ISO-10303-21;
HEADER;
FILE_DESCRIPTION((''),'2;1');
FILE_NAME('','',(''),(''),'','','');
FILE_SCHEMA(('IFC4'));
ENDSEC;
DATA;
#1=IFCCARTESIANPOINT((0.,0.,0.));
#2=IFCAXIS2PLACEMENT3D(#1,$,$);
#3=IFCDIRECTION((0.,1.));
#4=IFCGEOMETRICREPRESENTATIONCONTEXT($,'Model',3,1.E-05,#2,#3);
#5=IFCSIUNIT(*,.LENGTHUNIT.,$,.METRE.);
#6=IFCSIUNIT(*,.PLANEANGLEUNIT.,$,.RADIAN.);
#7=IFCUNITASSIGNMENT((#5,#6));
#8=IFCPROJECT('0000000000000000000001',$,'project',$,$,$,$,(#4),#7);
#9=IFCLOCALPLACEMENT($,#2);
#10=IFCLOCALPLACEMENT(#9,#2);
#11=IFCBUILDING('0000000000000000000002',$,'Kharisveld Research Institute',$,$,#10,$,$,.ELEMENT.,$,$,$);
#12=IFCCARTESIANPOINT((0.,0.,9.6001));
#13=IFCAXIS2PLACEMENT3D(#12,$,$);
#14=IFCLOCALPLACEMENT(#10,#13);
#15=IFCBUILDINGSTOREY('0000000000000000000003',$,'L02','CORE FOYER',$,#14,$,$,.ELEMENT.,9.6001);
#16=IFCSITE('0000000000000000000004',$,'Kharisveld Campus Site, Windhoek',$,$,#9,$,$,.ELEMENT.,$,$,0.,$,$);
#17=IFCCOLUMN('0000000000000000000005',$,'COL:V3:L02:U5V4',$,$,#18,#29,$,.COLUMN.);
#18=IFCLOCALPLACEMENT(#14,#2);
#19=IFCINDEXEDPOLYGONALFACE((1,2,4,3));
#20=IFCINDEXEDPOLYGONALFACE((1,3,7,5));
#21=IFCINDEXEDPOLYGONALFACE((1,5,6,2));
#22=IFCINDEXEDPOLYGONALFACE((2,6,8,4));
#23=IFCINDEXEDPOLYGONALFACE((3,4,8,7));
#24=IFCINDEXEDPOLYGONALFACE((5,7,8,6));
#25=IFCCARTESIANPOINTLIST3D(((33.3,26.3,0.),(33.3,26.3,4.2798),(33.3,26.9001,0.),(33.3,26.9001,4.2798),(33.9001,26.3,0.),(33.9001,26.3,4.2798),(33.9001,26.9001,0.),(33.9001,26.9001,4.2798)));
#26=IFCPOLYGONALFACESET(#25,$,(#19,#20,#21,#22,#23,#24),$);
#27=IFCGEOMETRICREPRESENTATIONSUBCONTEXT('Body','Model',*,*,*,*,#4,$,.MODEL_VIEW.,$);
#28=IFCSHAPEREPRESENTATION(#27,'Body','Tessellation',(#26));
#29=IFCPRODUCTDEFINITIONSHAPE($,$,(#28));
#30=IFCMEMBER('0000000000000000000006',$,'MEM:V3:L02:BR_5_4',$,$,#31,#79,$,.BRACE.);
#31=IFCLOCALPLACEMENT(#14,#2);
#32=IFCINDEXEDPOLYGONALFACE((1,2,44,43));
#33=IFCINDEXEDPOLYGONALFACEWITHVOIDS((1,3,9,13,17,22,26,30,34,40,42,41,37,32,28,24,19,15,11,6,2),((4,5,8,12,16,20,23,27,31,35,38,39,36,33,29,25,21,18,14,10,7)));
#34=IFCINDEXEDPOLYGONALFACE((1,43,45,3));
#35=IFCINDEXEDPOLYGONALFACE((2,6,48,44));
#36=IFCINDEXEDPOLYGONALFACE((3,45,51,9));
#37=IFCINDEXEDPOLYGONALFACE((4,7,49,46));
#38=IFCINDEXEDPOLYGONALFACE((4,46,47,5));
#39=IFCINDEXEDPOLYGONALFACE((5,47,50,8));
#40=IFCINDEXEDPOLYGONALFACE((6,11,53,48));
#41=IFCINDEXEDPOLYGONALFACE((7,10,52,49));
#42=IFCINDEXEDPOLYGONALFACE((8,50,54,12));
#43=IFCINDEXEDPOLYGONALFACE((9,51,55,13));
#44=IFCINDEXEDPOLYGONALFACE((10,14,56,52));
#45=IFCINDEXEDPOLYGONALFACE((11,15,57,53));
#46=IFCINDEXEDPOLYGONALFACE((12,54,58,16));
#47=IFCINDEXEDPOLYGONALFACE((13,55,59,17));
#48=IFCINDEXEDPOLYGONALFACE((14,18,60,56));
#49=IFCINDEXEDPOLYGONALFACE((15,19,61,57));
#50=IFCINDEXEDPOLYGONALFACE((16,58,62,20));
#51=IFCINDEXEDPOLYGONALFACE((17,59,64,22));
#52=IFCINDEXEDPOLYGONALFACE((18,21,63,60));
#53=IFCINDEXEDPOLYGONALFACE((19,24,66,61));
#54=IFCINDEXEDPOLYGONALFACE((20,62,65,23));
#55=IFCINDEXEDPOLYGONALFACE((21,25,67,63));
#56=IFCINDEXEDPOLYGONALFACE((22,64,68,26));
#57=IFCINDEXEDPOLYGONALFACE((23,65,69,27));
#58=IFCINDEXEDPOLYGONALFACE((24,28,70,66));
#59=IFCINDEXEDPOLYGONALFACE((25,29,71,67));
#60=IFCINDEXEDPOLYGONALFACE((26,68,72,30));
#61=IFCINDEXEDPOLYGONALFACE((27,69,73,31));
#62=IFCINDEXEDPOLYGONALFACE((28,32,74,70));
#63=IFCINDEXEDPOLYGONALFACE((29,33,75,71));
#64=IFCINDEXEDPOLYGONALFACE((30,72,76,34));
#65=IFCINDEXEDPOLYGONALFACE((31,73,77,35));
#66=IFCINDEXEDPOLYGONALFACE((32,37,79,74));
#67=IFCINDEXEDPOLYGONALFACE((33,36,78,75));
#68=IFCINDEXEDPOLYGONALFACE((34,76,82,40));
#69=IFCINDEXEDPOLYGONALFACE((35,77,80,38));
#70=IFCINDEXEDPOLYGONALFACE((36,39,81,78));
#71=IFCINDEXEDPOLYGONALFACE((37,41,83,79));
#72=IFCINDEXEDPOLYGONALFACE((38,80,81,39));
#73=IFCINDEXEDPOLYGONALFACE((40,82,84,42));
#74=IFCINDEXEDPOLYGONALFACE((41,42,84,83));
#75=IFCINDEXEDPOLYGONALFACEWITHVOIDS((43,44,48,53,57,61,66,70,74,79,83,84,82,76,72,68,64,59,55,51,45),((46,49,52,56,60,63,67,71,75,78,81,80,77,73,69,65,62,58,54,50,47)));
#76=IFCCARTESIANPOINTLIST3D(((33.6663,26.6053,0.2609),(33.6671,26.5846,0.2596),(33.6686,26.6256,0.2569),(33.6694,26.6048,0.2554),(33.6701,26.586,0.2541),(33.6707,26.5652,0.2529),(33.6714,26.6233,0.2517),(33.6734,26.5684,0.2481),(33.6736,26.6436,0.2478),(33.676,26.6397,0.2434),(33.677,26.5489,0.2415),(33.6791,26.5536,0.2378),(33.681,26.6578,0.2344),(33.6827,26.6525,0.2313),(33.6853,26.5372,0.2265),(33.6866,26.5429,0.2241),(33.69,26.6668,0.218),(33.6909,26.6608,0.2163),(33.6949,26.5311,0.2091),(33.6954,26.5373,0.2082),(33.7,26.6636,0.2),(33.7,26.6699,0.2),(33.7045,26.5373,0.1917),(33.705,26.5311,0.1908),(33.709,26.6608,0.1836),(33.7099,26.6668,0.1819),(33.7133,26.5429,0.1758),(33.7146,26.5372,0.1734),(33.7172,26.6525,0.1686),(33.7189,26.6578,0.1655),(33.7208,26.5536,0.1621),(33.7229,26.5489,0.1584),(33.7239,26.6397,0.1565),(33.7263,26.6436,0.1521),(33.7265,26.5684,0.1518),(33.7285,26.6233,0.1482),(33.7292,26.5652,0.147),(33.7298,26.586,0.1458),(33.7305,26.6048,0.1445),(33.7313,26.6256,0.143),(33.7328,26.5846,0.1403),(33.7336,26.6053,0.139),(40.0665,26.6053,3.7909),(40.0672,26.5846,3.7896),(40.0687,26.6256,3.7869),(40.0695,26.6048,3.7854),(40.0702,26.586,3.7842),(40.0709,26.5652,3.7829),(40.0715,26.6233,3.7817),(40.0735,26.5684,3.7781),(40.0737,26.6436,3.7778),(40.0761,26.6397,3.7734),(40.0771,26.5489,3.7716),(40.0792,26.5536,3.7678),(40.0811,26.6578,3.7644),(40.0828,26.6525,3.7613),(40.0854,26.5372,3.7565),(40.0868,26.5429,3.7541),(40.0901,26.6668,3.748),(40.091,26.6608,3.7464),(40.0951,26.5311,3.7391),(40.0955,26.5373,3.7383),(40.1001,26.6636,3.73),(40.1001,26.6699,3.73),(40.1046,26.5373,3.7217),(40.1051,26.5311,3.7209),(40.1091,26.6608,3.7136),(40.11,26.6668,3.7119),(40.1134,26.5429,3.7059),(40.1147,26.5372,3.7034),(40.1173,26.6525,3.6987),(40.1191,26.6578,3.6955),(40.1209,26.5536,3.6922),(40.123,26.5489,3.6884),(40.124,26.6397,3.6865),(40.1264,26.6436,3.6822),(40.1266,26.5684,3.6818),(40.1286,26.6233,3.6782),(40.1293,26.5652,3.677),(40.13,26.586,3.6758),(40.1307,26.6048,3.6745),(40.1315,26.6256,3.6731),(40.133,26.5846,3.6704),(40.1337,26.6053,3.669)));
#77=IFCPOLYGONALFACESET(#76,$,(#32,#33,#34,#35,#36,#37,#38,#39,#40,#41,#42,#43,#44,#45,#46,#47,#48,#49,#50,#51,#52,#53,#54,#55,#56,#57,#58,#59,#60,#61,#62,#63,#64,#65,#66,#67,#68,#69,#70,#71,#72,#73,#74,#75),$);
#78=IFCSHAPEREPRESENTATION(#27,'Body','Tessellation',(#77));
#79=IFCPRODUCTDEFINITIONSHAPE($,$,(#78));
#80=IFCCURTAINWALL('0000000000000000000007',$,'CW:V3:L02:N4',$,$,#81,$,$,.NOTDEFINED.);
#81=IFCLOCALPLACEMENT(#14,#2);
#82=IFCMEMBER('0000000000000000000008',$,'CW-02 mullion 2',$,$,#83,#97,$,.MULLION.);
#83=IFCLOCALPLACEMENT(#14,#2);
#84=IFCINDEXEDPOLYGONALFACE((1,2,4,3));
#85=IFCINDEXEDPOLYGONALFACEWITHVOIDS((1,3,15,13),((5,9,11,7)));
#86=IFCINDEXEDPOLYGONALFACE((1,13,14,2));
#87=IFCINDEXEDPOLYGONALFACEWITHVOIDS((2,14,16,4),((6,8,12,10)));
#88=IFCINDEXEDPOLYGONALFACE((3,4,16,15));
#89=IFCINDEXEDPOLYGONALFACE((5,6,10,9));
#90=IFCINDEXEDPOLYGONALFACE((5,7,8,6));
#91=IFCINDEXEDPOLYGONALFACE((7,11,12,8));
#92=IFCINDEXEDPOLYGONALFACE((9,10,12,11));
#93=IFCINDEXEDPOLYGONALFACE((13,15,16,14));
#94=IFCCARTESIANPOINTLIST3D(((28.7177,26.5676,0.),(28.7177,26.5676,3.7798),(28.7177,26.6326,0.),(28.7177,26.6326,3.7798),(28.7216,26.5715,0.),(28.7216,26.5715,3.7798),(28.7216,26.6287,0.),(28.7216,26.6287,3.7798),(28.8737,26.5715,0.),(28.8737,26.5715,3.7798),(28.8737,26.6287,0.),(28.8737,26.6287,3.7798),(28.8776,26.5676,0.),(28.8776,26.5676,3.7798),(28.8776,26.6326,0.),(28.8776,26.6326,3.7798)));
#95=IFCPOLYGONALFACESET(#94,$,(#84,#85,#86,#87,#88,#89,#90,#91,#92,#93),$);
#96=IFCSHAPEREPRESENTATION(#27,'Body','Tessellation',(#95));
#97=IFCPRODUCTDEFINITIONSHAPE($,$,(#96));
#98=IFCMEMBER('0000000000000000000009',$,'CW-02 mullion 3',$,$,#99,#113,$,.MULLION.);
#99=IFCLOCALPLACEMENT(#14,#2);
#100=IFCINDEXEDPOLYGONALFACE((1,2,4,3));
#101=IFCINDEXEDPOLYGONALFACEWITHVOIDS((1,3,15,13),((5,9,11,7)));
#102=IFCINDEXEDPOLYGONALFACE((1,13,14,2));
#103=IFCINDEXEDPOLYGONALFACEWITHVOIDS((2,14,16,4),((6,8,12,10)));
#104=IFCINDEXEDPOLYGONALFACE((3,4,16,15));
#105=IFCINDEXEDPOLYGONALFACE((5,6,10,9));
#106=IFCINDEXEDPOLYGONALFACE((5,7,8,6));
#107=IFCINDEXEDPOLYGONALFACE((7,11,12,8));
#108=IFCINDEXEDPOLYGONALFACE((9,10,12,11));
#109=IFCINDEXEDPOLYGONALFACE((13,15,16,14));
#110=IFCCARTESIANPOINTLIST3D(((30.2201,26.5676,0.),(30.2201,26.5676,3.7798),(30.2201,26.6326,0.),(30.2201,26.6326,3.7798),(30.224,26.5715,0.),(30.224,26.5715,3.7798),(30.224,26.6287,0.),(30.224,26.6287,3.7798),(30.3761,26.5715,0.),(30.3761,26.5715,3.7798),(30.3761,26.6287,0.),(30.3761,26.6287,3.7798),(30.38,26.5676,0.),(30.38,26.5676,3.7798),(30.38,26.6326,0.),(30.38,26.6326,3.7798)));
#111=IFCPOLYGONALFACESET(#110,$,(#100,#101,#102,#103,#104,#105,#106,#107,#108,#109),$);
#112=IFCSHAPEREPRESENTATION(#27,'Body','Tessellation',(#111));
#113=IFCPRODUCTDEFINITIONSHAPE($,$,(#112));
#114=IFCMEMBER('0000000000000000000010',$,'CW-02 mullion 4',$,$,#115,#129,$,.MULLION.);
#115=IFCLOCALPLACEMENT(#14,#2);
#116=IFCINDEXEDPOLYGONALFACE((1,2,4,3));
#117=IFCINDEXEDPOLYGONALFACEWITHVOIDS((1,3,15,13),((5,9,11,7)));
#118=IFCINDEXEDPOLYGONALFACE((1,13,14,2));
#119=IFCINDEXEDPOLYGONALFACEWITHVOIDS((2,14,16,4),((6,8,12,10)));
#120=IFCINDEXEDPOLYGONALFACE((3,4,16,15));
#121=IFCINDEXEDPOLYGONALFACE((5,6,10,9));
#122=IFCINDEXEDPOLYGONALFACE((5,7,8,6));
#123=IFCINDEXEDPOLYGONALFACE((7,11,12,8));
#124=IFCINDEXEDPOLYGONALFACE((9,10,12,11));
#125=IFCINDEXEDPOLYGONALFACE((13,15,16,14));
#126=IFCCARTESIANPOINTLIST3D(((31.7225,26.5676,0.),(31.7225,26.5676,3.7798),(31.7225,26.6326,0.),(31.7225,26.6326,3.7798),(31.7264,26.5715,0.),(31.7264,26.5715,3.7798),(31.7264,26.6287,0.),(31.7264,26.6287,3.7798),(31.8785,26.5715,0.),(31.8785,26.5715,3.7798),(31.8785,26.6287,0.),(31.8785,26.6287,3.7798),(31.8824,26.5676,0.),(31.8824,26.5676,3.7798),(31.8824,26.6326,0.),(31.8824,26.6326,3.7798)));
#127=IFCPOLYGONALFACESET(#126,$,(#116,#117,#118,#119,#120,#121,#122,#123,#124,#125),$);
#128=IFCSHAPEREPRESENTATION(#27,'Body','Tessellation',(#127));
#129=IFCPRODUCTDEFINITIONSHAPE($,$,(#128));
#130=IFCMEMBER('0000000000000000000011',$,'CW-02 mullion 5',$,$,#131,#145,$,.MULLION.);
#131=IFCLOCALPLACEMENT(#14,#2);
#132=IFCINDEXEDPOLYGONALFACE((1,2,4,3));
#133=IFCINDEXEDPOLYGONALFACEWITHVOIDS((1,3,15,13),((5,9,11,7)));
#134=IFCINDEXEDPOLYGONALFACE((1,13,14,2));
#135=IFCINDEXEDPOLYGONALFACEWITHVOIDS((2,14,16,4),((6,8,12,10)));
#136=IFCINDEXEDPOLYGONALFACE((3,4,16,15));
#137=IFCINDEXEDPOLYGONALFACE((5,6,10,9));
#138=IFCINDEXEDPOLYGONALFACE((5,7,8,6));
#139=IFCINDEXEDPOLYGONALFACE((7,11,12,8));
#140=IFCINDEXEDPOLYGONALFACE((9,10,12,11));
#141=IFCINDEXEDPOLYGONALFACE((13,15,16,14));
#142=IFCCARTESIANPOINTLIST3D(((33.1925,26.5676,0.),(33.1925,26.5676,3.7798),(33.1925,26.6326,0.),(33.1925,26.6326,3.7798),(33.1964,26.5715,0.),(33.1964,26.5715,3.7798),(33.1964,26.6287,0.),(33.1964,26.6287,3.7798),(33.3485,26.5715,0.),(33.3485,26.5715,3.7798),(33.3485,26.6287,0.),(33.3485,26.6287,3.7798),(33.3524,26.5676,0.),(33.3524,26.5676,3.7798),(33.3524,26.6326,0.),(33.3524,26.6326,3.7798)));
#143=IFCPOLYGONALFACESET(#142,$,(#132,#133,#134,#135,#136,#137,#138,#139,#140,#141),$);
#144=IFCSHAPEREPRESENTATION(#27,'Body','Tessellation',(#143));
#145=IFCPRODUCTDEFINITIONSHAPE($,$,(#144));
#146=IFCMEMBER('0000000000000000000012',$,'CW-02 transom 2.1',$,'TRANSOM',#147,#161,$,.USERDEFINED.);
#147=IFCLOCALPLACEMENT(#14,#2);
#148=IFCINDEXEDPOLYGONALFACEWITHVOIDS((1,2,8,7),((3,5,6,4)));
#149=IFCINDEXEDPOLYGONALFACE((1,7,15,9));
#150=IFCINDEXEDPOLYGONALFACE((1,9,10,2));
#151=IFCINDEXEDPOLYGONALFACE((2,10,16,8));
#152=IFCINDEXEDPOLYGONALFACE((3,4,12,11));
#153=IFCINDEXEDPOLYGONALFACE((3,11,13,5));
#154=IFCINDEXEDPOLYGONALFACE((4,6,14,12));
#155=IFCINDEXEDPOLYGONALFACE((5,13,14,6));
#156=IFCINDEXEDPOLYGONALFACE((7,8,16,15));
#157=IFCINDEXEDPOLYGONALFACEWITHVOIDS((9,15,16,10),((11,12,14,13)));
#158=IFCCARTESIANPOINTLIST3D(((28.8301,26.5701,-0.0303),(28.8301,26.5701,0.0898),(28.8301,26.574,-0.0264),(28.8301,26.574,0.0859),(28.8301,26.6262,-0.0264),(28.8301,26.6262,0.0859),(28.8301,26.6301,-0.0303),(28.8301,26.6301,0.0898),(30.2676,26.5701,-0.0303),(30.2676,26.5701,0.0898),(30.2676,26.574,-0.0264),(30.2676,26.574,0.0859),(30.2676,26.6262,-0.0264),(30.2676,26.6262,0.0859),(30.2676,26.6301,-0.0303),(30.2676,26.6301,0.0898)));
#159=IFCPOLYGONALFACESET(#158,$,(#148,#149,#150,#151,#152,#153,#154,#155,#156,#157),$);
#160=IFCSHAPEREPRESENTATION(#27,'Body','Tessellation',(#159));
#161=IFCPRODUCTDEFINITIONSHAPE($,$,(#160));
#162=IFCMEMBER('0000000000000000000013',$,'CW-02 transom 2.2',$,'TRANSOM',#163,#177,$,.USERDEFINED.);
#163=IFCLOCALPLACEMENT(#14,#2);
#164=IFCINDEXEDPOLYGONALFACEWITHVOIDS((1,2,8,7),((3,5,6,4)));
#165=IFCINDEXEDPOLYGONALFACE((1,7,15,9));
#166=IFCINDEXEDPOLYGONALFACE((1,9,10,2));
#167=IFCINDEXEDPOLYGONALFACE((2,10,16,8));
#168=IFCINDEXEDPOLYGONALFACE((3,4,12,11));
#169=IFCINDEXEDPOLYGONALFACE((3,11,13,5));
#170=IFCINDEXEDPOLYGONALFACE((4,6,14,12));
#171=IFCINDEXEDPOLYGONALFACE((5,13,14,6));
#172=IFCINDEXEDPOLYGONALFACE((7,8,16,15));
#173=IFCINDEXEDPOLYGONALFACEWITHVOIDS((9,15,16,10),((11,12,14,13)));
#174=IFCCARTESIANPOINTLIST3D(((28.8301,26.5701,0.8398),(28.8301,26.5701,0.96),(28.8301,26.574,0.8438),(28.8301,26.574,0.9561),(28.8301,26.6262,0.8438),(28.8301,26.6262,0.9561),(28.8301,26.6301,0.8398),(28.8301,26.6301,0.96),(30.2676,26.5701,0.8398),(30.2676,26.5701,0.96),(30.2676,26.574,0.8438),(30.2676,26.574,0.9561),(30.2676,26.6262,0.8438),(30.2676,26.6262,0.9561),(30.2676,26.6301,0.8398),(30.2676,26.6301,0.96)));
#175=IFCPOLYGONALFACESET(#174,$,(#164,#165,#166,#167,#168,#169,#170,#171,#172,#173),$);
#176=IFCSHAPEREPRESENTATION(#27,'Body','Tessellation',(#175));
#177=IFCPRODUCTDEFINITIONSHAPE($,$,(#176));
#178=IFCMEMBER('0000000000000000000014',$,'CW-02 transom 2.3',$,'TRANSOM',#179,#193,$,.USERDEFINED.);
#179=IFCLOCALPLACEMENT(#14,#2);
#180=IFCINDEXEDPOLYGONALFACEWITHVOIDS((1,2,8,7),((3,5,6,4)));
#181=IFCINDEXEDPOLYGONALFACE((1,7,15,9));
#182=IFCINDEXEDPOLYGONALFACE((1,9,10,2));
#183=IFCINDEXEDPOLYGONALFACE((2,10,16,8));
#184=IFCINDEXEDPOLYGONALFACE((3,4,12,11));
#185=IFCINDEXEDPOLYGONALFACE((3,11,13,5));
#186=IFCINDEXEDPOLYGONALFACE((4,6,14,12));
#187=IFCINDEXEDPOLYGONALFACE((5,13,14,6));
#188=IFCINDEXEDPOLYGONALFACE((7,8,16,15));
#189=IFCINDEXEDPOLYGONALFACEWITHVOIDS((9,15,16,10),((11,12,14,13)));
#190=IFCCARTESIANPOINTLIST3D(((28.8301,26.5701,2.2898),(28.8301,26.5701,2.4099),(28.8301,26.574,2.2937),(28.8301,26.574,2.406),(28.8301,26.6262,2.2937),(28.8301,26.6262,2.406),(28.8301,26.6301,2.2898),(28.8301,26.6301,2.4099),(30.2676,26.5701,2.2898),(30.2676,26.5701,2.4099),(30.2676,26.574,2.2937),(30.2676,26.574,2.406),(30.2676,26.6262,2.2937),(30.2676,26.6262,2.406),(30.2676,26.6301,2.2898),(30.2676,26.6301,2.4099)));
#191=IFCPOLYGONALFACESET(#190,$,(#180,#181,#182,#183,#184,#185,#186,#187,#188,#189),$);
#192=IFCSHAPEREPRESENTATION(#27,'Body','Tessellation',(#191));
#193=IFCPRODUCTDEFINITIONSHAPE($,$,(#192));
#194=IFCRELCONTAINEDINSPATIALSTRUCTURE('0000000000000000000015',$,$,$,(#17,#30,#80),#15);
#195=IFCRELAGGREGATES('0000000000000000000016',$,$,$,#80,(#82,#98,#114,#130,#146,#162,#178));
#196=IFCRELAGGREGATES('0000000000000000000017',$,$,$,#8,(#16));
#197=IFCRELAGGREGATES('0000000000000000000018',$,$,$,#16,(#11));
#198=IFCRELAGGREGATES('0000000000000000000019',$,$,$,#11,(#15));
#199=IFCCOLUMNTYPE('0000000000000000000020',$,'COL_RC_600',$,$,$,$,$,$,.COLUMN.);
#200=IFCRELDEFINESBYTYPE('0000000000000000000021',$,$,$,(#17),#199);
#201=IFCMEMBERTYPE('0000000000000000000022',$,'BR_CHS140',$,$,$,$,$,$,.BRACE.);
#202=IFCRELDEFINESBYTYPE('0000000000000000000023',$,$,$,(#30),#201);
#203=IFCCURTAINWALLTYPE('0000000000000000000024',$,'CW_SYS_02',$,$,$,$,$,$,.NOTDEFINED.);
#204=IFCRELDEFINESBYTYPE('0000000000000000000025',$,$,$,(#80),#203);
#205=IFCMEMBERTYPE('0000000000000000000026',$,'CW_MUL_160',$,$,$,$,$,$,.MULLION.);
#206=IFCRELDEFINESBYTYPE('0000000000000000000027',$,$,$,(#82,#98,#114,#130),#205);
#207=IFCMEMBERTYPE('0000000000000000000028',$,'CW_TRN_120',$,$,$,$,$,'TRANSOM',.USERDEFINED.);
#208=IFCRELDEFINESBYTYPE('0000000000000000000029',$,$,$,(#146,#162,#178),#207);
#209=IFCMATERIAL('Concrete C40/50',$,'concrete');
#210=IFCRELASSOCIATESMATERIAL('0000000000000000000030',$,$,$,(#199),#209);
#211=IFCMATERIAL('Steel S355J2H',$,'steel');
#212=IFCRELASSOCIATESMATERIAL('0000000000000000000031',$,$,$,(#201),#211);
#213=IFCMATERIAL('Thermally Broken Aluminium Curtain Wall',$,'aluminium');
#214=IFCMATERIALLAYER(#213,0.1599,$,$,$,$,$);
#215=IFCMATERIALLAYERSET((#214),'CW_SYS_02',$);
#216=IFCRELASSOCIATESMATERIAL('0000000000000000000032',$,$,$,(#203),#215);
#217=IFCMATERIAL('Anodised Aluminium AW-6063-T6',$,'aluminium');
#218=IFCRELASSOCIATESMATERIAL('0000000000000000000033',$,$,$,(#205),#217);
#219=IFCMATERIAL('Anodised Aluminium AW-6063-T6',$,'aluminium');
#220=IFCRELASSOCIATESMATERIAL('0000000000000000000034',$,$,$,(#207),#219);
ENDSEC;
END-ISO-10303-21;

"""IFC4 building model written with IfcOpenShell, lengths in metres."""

from ifc_helpers import new_model, si_unit, direction, frame, origin, origin_2d, place, context, subcontext, project, spatial, rectangle, hollow_rectangle, hollow_circle, extrude, material, layer, layer_set, material_profile, profile_set, type_object, element, aggregate, save


model = new_model("IFC4")

# Units and contexts
model_context = context("Model", 3, precision=1e-05, world=origin(), true_north=direction((0.0, 1.0)))
body_context = subcontext(model_context, "Body", "Model", "MODEL_VIEW")
ifc_project = project(units=[si_unit("LENGTHUNIT", "METRE"), si_unit("PLANEANGLEUNIT", "RADIAN")], contexts=[model_context])

# Site, building, storey
site_placement = place(None, origin())
site = spatial("IfcSite", under=ifc_project, at=site_placement, Name="Kharisveld Campus Site, Windhoek", CompositionType="ELEMENT", RefElevation=0.0)
building_placement = place(site_placement, origin())
building = spatial("IfcBuilding", under=site, at=building_placement, Name="Kharisveld Research Institute", CompositionType="ELEMENT")
storey_placement = place(building_placement, frame((0.0, 0.0, 9.6001)))
storey = spatial("IfcBuildingStorey", under=building, at=storey_placement, Name="L02", Description="CORE FOYER", CompositionType="ELEMENT", Elevation=9.6001)

# Column
ifc_material_1 = material(Name="Concrete C40/50", Category="concrete")
ifc_material_profile_1 = material_profile(ifc_material_1, rectangle(XDim=0.6001, YDim=0.6001, at=origin_2d()))
ifc_profile_set_1 = profile_set([ifc_material_profile_1], Name="Concrete C40/50")
column_type = type_object("IfcColumnType", Name="COL_RC_600", PredefinedType="COLUMN", material=ifc_profile_set_1)
column_placement = place(storey_placement, frame((33.6001, 26.6001, 0.0), z_axis=(0.0, 0.0, 1.0), x_axis=(1.0, 0.0, 0.0)))
element("IfcColumn", 1, at=column_placement, inside=storey, type_object=column_type, Name="COL:V3:L02:U5V4", PredefinedType="COLUMN", context=body_context, shape_type="SweptSolid", body=[
    extrude(rectangle(XDim=0.6001, YDim=0.6001, at=origin_2d()), origin(), (0.0, 0.0, 1.0), 4.2798),
])

# Member
ifc_material_2 = material(Name="Steel S355J2H", Category="steel")
ifc_material_profile_2 = material_profile(ifc_material_2, hollow_circle(Radius=0.0698, WallThickness=0.0063, at=origin_2d()))
ifc_profile_set_2 = profile_set([ifc_material_profile_2], Name="Steel S355J2H")
member_type_1 = type_object("IfcMemberType", Name="BR_CHS140", PredefinedType="BRACE", material=ifc_profile_set_2)
member_1_placement = place(storey_placement, frame((33.7, 26.6001, 0.2), z_axis=(0.875641, 0.0, 0.482963), x_axis=(0.0, 1.0, 0.0)))
element("IfcMember", 2, at=member_1_placement, inside=storey, type_object=member_type_1, Name="MEM:V3:L02:BR_5_4", PredefinedType="BRACE", context=body_context, shape_type="SweptSolid", body=[
    extrude(hollow_circle(Radius=0.0698, WallThickness=0.0063, at=origin_2d()), origin(), (0.0, 0.0, 1.0), 7.3091),
])

# Curtain wall, members
ifc_material_3 = material(Name="Thermally Broken Aluminium Curtain Wall", Category="aluminium")
ifc_layer_1 = layer(ifc_material_3, 0.1599)
ifc_layer_set_1 = layer_set([ifc_layer_1], Name="CW_SYS_02")
curtain_wall_type = type_object("IfcCurtainWallType", Name="CW_SYS_02", PredefinedType="NOTDEFINED", material=ifc_layer_set_1)
curtain_wall_placement = place(storey_placement, origin())
curtain_wall = element("IfcCurtainWall", 3, at=curtain_wall_placement, inside=storey, type_object=curtain_wall_type, Name="CW:V3:L02:N4", PredefinedType="NOTDEFINED")
ifc_material_4 = material(Name="Anodised Aluminium AW-6063-T6", Category="aluminium")
ifc_material_profile_3 = material_profile(ifc_material_4, hollow_rectangle(XDim=0.0649, YDim=0.1599, WallThickness=0.0039, at=origin_2d()))
ifc_profile_set_3 = profile_set([ifc_material_profile_3], Name="Anodised Aluminium AW-6063-T6")
member_type_2 = type_object("IfcMemberType", Name="CW_MUL_160", PredefinedType="MULLION", material=ifc_profile_set_3)
member_2_placement = place(storey_placement, frame((28.7976, 26.6001, 0.0), z_axis=(0.0, 0.0, 1.0), x_axis=(0.0, 1.0, 0.0)))
member_2 = element("IfcMember", 4, at=member_2_placement, type_object=member_type_2, Name="CW-02 mullion 2", PredefinedType="MULLION", context=body_context, shape_type="SweptSolid", body=[
    extrude(hollow_rectangle(XDim=0.0649, YDim=0.1599, WallThickness=0.0039, at=origin_2d()), origin(), (0.0, 0.0, 1.0), 3.7798),
])
member_3_placement = place(storey_placement, frame((30.3, 26.6001, 0.0), z_axis=(0.0, 0.0, 1.0), x_axis=(0.0, 1.0, 0.0)))
member_3 = element("IfcMember", 5, at=member_3_placement, type_object=member_type_2, Name="CW-02 mullion 3", PredefinedType="MULLION", context=body_context, shape_type="SweptSolid", body=[
    extrude(hollow_rectangle(XDim=0.0649, YDim=0.1599, WallThickness=0.0039, at=origin_2d()), origin(), (0.0, 0.0, 1.0), 3.7798),
])
member_4_placement = place(storey_placement, frame((31.8025, 26.6001, 0.0), z_axis=(0.0, 0.0, 1.0), x_axis=(0.0, 1.0, 0.0)))
member_4 = element("IfcMember", 6, at=member_4_placement, type_object=member_type_2, Name="CW-02 mullion 4", PredefinedType="MULLION", context=body_context, shape_type="SweptSolid", body=[
    extrude(hollow_rectangle(XDim=0.0649, YDim=0.1599, WallThickness=0.0039, at=origin_2d()), origin(), (0.0, 0.0, 1.0), 3.7798),
])
member_5_placement = place(storey_placement, frame((33.2725, 26.6001, 0.0), z_axis=(0.0, 0.0, 1.0), x_axis=(0.0, 1.0, 0.0)))
member_5 = element("IfcMember", 7, at=member_5_placement, type_object=member_type_2, Name="CW-02 mullion 5", PredefinedType="MULLION", context=body_context, shape_type="SweptSolid", body=[
    extrude(hollow_rectangle(XDim=0.0649, YDim=0.1599, WallThickness=0.0039, at=origin_2d()), origin(), (0.0, 0.0, 1.0), 3.7798),
])
ifc_material_5 = material(Name="Anodised Aluminium AW-6063-T6", Category="aluminium")
ifc_material_profile_4 = material_profile(ifc_material_5, hollow_rectangle(XDim=0.0601, YDim=0.1201, WallThickness=0.0039, at=origin_2d()))
ifc_profile_set_4 = profile_set([ifc_material_profile_4], Name="Anodised Aluminium AW-6063-T6")
member_type_3 = type_object("IfcMemberType", Name="CW_TRN_120", ElementType="TRANSOM", PredefinedType="USERDEFINED", material=ifc_profile_set_4)
member_6_placement = place(storey_placement, frame((28.8301, 26.6001, 0.0298), z_axis=(1.0, 0.0, 0.0), x_axis=(0.0, 1.0, 0.0)))
member_6 = element("IfcMember", 8, at=member_6_placement, type_object=member_type_3, Name="CW-02 transom 2.1", ObjectType="TRANSOM", PredefinedType="USERDEFINED", context=body_context, shape_type="SweptSolid", body=[
    extrude(hollow_rectangle(XDim=0.0601, YDim=0.1201, WallThickness=0.0039, at=origin_2d()), origin(), (0.0, 0.0, 1.0), 1.4375),
])
member_7_placement = place(storey_placement, frame((28.8301, 26.6001, 0.8999), z_axis=(1.0, 0.0, 0.0), x_axis=(0.0, 1.0, 0.0)))
member_7 = element("IfcMember", 9, at=member_7_placement, type_object=member_type_3, Name="CW-02 transom 2.2", ObjectType="TRANSOM", PredefinedType="USERDEFINED", context=body_context, shape_type="SweptSolid", body=[
    extrude(hollow_rectangle(XDim=0.0601, YDim=0.1201, WallThickness=0.0039, at=origin_2d()), origin(), (0.0, 0.0, 1.0), 1.4375),
])
member_8_placement = place(storey_placement, frame((28.8301, 26.6001, 2.3499), z_axis=(1.0, 0.0, 0.0), x_axis=(0.0, 1.0, 0.0)))
member_8 = element("IfcMember", 10, at=member_8_placement, type_object=member_type_3, Name="CW-02 transom 2.3", ObjectType="TRANSOM", PredefinedType="USERDEFINED", context=body_context, shape_type="SweptSolid", body=[
    extrude(hollow_rectangle(XDim=0.0601, YDim=0.1201, WallThickness=0.0039, at=origin_2d()), origin(), (0.0, 0.0, 1.0), 1.4375),
])

aggregate(curtain_wall, [member_2, member_3, member_4, member_5, member_6, member_7, member_8])

save(model, "model.ifc")
